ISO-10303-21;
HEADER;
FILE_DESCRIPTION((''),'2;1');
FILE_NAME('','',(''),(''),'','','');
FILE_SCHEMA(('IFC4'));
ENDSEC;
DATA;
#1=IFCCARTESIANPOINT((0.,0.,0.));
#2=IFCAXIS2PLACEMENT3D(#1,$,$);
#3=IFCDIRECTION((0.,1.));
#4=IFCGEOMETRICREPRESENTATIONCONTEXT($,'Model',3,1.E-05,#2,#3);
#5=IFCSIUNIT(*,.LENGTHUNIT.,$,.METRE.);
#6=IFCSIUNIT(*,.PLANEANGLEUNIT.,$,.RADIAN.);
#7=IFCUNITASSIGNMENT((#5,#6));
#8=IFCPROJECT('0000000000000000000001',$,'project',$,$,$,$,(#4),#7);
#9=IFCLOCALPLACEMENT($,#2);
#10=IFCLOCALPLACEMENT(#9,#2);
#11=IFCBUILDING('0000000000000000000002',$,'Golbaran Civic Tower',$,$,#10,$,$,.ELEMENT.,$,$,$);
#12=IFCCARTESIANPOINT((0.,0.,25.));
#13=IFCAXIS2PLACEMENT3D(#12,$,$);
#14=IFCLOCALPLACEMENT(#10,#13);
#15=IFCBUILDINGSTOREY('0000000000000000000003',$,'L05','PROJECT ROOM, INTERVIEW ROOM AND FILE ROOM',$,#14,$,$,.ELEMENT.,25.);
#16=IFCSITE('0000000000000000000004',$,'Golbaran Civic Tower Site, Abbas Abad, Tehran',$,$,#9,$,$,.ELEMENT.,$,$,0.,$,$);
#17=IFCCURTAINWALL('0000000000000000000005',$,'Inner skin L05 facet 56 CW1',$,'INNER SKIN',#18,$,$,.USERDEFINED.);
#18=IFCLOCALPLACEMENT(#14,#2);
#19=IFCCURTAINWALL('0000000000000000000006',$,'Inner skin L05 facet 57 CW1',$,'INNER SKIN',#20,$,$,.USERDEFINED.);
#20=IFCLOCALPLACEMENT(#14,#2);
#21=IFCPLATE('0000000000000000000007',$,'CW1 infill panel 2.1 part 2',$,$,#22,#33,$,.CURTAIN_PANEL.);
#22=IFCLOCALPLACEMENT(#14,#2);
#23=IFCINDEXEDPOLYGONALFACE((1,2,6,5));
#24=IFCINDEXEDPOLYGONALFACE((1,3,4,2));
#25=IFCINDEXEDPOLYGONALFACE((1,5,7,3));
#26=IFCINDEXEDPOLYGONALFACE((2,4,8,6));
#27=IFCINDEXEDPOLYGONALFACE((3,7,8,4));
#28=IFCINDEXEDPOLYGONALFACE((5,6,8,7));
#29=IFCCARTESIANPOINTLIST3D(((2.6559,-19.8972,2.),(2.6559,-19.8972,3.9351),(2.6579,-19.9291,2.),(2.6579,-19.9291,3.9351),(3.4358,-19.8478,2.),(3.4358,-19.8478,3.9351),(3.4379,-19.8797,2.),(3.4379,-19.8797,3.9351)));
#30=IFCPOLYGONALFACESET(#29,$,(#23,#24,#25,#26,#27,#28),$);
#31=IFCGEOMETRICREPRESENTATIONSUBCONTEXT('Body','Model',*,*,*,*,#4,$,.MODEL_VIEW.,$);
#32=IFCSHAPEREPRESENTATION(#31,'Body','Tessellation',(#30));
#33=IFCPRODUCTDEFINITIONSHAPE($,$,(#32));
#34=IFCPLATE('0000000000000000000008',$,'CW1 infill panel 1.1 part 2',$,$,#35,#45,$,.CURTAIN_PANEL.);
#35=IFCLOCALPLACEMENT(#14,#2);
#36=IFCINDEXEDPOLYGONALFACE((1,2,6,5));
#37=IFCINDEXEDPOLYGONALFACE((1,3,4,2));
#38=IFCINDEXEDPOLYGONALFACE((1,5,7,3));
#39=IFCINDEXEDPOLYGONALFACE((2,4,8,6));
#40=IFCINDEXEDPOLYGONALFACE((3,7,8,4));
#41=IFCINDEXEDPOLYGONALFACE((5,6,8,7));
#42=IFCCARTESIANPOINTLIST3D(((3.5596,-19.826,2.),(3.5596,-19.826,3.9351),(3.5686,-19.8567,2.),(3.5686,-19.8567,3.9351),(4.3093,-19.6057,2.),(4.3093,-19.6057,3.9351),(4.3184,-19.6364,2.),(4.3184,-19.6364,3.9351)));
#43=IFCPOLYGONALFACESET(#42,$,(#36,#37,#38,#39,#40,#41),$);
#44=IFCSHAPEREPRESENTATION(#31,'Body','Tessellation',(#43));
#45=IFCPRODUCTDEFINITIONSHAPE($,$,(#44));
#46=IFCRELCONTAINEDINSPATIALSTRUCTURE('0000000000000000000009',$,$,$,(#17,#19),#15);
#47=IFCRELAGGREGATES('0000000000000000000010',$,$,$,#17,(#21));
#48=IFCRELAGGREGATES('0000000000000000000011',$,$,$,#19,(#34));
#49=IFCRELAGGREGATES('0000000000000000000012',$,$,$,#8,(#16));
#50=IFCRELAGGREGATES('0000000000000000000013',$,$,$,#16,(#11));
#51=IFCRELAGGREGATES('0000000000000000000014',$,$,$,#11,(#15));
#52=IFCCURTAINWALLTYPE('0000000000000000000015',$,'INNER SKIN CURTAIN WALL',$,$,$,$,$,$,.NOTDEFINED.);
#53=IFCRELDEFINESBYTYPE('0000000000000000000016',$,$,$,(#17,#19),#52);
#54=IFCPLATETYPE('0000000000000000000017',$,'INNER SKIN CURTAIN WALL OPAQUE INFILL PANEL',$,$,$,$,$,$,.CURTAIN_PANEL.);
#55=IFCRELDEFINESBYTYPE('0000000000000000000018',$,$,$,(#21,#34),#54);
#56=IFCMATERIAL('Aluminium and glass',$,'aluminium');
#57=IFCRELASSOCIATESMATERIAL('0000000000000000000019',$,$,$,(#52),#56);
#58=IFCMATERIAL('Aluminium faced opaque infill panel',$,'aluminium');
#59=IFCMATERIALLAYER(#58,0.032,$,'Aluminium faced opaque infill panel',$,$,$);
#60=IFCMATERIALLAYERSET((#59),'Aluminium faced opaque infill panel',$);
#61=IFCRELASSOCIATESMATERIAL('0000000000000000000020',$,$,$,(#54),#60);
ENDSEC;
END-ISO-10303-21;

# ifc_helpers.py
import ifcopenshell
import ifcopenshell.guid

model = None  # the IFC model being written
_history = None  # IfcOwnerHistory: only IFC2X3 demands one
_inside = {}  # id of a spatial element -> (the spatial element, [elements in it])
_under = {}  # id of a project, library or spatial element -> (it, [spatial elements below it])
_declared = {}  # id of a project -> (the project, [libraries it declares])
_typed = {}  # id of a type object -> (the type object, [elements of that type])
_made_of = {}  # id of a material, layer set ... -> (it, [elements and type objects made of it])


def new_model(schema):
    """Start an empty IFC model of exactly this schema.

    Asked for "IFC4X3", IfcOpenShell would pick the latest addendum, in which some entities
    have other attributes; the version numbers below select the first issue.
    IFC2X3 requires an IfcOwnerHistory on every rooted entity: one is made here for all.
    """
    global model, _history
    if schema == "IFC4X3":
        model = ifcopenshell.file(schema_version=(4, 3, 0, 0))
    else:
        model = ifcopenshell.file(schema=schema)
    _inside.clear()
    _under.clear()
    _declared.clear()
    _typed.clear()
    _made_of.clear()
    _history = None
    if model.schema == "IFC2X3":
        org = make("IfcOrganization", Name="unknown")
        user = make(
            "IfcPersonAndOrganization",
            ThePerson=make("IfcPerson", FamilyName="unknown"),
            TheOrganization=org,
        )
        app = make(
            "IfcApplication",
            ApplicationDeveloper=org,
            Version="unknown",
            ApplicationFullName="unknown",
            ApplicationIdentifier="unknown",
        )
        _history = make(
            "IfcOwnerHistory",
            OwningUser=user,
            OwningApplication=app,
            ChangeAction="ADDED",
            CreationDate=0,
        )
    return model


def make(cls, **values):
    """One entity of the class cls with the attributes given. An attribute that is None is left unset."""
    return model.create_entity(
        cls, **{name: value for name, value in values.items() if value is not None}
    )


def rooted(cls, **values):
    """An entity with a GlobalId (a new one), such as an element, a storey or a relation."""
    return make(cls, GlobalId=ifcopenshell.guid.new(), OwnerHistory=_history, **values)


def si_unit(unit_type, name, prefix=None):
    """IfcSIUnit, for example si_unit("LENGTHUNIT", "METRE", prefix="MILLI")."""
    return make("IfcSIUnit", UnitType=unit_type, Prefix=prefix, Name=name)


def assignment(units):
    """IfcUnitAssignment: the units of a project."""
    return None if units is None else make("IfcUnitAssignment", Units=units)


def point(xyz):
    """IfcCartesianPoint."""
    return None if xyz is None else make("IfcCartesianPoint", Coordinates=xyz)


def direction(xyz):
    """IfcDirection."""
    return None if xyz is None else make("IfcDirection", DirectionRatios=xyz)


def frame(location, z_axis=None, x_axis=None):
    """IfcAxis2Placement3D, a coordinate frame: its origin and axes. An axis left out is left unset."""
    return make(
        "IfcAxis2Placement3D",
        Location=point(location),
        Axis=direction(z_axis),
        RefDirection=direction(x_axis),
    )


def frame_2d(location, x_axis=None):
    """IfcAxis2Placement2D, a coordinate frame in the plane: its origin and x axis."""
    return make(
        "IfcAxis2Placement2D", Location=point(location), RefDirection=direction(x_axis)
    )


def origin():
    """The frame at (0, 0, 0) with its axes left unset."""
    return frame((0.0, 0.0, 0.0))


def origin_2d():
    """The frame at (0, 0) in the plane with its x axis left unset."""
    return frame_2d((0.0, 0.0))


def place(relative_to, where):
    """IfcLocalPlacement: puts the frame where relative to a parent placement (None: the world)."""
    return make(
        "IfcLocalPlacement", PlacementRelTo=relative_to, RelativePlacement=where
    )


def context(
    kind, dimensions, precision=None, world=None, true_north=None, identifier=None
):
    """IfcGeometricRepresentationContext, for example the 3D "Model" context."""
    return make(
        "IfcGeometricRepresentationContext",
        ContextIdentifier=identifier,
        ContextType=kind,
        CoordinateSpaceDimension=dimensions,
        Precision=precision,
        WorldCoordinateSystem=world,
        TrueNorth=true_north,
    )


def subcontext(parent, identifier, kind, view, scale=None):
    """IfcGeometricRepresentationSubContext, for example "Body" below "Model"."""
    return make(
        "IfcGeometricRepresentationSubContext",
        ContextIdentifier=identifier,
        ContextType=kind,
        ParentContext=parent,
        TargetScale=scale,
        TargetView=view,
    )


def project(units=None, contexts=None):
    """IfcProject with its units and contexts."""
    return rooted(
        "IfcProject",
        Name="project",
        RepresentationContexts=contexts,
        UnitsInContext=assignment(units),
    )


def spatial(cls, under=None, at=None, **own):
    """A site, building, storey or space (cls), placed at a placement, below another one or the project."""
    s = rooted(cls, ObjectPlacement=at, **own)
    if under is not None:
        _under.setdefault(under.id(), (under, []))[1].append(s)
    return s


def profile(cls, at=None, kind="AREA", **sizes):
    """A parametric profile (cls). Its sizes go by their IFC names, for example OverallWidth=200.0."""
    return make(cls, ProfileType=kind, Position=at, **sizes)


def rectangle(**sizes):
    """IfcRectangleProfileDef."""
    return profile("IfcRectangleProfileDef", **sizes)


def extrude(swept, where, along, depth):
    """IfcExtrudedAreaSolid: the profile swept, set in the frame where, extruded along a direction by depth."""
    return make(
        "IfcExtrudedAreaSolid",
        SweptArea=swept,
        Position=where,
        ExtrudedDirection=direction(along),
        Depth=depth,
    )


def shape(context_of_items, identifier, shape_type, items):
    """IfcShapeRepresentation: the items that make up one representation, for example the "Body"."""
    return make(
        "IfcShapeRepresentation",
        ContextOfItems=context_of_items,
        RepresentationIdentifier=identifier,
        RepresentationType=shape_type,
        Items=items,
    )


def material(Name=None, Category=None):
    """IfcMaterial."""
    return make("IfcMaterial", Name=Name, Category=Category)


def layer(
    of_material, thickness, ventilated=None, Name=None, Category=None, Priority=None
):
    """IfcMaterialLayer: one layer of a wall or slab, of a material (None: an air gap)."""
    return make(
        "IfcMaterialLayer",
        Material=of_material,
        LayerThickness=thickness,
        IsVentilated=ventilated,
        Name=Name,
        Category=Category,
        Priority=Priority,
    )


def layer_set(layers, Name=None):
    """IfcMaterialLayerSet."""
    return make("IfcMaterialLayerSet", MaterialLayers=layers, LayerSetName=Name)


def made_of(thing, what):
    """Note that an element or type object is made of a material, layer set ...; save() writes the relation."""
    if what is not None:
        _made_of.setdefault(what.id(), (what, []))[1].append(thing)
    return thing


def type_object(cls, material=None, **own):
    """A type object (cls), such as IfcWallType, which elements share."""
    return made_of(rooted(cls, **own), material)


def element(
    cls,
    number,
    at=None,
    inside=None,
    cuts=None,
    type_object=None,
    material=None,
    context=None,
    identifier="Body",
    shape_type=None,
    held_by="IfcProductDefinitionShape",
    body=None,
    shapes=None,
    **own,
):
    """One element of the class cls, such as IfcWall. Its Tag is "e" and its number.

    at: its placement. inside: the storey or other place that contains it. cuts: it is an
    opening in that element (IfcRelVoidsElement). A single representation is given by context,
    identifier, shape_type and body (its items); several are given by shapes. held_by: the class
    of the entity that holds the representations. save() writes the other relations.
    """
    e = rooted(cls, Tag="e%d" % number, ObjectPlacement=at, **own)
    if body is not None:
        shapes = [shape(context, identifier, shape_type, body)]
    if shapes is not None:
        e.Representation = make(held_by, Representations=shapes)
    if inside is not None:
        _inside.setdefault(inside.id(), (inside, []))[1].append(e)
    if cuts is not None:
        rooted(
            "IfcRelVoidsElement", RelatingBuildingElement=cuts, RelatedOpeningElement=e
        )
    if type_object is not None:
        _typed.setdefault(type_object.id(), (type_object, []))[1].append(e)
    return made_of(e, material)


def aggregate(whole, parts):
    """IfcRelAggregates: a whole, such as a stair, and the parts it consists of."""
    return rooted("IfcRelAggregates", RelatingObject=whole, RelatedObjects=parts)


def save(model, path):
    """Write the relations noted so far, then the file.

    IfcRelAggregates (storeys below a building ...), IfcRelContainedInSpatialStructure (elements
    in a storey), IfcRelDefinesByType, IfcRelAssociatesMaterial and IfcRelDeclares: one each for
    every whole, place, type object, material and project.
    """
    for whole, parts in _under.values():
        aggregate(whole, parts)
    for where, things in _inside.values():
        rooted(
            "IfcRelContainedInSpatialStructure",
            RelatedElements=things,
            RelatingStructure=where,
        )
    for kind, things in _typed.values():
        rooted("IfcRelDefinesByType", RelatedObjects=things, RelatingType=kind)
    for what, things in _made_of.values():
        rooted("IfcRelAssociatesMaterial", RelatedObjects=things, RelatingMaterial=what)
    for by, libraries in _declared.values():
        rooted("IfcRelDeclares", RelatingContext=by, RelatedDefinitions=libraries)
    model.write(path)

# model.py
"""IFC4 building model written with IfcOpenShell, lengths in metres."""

from ifc_helpers import new_model, si_unit, direction, frame, origin, origin_2d, place, context, subcontext, project, spatial, rectangle, extrude, material, layer, layer_set, type_object, element, aggregate, save


model = new_model("IFC4")

# Units and contexts
model_context = context("Model", 3, precision=1e-05, world=origin(), true_north=direction((0.0, 1.0)))
body_context = subcontext(model_context, "Body", "Model", "MODEL_VIEW")
ifc_project = project(units=[si_unit("LENGTHUNIT", "METRE"), si_unit("PLANEANGLEUNIT", "RADIAN")], contexts=[model_context])

# Site, building, storey
site_placement = place(None, origin())
site = spatial("IfcSite", under=ifc_project, at=site_placement, Name="Golbaran Civic Tower Site, Abbas Abad, Tehran", CompositionType="ELEMENT", RefElevation=0.0)
building_placement = place(site_placement, origin())
building = spatial("IfcBuilding", under=site, at=building_placement, Name="Golbaran Civic Tower", CompositionType="ELEMENT")
storey_placement = place(building_placement, frame((0.0, 0.0, 25.0)))
storey = spatial("IfcBuildingStorey", under=building, at=storey_placement, Name="L05", Description="PROJECT ROOM, INTERVIEW ROOM AND FILE ROOM", CompositionType="ELEMENT", Elevation=25.0)

# Curtain walls
ifc_material_1 = material(Name="Aluminium and glass", Category="aluminium")
curtain_wall_type = type_object("IfcCurtainWallType", Name="INNER SKIN CURTAIN WALL", PredefinedType="NOTDEFINED", material=ifc_material_1)
curtain_wall_1_placement = place(storey_placement, origin())
curtain_wall_1 = element("IfcCurtainWall", 1, at=curtain_wall_1_placement, inside=storey, type_object=curtain_wall_type, Name="Inner skin L05 facet 56 CW1", ObjectType="INNER SKIN", PredefinedType="USERDEFINED")
curtain_wall_2_placement = place(storey_placement, origin())
curtain_wall_2 = element("IfcCurtainWall", 2, at=curtain_wall_2_placement, inside=storey, type_object=curtain_wall_type, Name="Inner skin L05 facet 57 CW1", ObjectType="INNER SKIN", PredefinedType="USERDEFINED")

# Plates
ifc_material_2 = material(Name="Aluminium faced opaque infill panel", Category="aluminium")
ifc_layer_1 = layer(ifc_material_2, 0.032, Name="Aluminium faced opaque infill panel")
ifc_layer_set_1 = layer_set([ifc_layer_1], Name="Aluminium faced opaque infill panel")
plate_type_1 = type_object("IfcPlateType", Name="INNER SKIN CURTAIN WALL OPAQUE INFILL PANEL", PredefinedType="CURTAIN_PANEL", material=ifc_layer_set_1)
plate_1_placement = place(storey_placement, frame((3.0469, -19.8884, 2.0), z_axis=(0.0, 0.0, 1.0), x_axis=(0.998002, 0.063183, 0.0)))
plate_1 = element("IfcPlate", 3, at=plate_1_placement, type_object=plate_type_1, Name="CW1 infill panel 2.1 part 2", PredefinedType="CURTAIN_PANEL", context=body_context, shape_type="SweptSolid", body=[
    extrude(rectangle(XDim=0.7815, YDim=0.032, at=origin_2d()), origin(), (0.0, 0.0, 1.0), 1.9351),
])
aggregate(curtain_wall_1, [plate_1])
plate_2_placement = place(storey_placement, frame((3.939, -19.7312, 2.0), z_axis=(0.0, 0.0, 1.0), x_axis=(0.959425, 0.281964, 0.0)))
plate_2 = element("IfcPlate", 4, at=plate_2_placement, type_object=plate_type_1, Name="CW1 infill panel 1.1 part 2", PredefinedType="CURTAIN_PANEL", context=body_context, shape_type="SweptSolid", body=[
    extrude(rectangle(XDim=0.7815, YDim=0.032, at=origin_2d()), origin(), (0.0, 0.0, 1.0), 1.9351),
])
aggregate(curtain_wall_2, [plate_2])

save(model, "model.ifc")
